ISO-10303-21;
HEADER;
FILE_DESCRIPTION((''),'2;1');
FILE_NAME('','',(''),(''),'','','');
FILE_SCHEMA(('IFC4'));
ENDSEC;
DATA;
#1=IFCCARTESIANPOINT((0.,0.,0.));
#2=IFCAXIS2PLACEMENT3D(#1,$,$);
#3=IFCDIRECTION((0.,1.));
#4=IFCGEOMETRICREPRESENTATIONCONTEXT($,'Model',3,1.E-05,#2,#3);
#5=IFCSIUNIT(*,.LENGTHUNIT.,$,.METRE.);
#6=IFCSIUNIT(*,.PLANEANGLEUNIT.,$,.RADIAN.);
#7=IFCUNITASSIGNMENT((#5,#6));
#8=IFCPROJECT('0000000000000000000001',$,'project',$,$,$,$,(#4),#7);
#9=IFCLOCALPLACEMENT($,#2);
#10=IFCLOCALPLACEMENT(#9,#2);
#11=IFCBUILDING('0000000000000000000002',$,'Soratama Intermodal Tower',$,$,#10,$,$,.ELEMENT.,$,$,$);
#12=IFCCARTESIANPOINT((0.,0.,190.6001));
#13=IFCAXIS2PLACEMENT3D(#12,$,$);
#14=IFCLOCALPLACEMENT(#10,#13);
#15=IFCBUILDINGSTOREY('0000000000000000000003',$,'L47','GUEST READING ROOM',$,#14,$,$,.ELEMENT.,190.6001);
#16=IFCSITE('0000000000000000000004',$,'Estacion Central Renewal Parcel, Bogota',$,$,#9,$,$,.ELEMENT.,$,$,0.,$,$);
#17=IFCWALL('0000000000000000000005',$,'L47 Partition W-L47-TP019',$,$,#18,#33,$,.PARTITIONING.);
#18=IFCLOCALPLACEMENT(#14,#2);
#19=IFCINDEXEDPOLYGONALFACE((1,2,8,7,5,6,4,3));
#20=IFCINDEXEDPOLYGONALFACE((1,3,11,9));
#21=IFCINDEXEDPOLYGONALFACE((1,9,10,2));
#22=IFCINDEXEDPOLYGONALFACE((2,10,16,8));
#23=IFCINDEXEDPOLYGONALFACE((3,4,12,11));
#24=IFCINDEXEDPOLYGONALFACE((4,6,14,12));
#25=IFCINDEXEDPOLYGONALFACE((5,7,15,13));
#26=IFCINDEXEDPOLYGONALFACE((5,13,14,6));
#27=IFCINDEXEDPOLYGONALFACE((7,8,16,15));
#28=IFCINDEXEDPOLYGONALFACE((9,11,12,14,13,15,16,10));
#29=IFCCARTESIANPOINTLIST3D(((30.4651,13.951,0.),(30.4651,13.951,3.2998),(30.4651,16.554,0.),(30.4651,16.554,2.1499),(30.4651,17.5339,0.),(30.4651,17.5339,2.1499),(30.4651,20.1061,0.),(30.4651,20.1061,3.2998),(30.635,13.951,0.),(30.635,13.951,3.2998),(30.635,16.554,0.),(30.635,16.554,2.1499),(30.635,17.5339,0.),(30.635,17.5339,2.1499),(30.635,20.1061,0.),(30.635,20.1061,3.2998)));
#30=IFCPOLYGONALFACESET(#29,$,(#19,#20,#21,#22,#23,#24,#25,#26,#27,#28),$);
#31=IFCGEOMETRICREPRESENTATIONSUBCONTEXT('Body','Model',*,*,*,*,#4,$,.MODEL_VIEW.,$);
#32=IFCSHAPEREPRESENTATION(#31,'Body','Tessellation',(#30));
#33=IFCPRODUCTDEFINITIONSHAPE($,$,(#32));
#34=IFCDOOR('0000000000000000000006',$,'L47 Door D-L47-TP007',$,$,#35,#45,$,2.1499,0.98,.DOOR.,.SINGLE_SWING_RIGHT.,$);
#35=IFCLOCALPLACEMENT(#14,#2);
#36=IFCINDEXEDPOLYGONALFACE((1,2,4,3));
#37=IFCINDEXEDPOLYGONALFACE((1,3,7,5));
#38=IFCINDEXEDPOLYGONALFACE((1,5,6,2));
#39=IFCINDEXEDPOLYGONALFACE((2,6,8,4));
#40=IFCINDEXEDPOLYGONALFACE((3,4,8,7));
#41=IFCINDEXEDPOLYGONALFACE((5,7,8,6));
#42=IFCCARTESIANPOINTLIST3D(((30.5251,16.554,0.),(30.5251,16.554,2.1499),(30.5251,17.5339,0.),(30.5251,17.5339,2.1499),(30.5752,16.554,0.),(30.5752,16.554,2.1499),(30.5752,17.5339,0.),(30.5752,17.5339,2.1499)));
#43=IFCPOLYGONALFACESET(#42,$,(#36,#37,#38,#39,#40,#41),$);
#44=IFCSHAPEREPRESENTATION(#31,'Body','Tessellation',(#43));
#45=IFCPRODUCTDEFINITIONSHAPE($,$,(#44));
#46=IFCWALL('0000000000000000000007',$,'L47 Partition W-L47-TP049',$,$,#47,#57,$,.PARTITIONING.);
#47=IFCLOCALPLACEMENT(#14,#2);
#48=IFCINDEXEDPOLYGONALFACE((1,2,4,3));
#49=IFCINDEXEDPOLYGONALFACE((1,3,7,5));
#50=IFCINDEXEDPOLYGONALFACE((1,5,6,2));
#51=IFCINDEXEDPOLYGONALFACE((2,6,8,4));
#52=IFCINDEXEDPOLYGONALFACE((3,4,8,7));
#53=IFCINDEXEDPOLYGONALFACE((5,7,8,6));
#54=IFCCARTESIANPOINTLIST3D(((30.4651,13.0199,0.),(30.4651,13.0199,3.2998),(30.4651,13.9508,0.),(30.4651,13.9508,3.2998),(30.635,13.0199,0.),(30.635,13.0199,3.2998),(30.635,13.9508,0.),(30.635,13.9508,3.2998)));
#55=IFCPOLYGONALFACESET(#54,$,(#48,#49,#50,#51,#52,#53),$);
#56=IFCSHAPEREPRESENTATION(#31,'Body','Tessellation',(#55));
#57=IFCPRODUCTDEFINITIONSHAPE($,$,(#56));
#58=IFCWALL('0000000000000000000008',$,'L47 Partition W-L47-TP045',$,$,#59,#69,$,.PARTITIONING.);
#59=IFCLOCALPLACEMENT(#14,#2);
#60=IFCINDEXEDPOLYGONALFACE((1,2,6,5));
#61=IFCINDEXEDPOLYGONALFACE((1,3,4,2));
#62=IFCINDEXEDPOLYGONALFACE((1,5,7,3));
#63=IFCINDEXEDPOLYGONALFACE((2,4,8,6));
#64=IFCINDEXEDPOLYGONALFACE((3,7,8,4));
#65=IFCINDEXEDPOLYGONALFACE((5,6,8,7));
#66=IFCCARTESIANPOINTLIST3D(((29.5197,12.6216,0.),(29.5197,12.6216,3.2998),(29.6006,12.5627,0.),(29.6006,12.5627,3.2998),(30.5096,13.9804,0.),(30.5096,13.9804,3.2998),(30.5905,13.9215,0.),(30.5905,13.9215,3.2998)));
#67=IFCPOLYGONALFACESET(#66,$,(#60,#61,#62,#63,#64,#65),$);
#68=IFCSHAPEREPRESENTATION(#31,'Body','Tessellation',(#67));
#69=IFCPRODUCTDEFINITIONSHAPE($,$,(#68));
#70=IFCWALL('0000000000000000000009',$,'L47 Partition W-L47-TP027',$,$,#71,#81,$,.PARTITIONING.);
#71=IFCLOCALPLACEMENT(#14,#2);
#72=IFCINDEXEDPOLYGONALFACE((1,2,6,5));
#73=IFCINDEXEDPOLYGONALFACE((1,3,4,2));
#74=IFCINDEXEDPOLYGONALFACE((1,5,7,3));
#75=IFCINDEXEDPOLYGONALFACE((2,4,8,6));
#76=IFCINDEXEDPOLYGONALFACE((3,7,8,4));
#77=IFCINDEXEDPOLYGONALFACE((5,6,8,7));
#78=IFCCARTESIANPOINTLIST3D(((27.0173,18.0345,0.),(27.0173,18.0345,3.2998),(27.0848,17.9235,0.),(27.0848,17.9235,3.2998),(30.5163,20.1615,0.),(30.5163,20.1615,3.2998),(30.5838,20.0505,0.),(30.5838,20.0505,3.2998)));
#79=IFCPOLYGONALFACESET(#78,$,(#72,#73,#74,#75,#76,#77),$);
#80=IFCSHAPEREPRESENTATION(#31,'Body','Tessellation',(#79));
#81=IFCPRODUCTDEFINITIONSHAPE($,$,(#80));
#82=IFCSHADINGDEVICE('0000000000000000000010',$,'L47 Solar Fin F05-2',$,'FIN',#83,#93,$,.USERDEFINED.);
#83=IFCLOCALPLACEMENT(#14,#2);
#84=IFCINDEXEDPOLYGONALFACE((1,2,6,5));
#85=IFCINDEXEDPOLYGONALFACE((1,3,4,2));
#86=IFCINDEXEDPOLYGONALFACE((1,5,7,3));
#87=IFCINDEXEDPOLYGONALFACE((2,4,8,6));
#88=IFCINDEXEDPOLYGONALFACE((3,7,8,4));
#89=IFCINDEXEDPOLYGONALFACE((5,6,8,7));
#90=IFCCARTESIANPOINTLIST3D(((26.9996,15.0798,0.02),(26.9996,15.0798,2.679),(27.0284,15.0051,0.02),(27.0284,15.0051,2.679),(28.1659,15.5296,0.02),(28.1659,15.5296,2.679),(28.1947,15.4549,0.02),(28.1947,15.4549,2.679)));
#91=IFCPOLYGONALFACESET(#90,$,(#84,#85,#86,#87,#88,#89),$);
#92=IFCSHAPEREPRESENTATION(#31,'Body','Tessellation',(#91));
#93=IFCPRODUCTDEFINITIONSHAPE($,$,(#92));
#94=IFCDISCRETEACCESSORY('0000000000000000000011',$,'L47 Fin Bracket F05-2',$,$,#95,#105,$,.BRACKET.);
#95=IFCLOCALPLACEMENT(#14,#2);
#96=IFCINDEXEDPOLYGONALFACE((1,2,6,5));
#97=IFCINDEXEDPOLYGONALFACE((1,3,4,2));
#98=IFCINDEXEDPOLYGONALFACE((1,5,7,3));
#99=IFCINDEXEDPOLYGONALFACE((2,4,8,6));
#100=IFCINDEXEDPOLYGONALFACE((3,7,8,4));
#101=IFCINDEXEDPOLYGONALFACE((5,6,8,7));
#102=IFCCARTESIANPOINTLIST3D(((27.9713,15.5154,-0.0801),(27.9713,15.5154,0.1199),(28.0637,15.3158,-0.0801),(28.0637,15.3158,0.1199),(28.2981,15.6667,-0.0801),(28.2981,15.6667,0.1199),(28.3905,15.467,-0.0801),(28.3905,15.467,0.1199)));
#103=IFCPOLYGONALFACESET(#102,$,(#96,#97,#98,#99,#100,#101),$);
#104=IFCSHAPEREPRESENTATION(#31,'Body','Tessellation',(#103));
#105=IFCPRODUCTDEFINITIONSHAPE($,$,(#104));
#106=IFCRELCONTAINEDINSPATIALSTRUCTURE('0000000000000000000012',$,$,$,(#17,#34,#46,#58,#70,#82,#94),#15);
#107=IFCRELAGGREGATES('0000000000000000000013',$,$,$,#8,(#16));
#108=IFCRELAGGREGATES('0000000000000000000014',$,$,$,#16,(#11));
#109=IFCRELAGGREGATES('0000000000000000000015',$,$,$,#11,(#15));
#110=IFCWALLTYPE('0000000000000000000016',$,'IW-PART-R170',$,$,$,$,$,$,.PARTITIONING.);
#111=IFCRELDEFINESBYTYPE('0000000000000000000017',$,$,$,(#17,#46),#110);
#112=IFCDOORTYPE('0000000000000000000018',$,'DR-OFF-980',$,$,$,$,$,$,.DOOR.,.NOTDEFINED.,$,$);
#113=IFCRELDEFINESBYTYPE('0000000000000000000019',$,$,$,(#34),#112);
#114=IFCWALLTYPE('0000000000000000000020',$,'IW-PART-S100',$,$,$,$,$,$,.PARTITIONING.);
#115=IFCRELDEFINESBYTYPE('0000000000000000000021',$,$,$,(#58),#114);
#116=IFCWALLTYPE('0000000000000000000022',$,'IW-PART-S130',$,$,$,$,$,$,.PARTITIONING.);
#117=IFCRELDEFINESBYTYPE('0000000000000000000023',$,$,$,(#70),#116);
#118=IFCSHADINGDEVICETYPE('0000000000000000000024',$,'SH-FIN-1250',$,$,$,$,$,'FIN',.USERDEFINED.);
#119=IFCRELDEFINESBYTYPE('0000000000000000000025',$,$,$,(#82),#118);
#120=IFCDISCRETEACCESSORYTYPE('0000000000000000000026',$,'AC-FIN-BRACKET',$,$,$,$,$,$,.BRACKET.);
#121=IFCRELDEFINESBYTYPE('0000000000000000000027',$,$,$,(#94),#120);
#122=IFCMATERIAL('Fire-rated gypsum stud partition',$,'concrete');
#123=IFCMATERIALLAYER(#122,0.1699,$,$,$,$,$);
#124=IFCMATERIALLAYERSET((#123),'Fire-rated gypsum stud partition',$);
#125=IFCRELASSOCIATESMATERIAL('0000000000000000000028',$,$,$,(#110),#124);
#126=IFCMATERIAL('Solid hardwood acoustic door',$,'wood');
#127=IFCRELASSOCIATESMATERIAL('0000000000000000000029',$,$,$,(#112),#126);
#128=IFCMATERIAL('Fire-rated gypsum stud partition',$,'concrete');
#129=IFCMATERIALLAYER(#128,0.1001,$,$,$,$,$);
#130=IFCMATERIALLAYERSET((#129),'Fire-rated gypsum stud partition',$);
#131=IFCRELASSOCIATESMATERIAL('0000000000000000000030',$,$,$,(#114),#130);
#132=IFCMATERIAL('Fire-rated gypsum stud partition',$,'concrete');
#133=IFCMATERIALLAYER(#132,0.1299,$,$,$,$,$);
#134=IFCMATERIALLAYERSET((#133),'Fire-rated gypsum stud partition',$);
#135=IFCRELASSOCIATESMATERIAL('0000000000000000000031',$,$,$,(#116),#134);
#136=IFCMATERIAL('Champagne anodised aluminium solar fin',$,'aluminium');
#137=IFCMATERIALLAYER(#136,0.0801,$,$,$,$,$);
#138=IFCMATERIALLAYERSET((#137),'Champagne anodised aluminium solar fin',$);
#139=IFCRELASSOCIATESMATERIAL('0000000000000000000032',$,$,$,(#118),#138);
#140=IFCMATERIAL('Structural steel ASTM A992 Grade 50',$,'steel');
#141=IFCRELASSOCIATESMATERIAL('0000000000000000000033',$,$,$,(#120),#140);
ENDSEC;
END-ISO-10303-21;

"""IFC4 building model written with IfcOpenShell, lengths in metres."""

from ifc_helpers import new_model, si_unit, direction, frame, frame_2d, origin, origin_2d, place, context, subcontext, project, spatial, rectangle, extrude, material, layer, layer_set, type_object, element, fill, save


model = new_model("IFC4")

# Units and contexts
model_context = context("Model", 3, precision=1e-05, world=origin(), true_north=direction((0.0, 1.0)))
body_context = subcontext(model_context, "Body", "Model", "MODEL_VIEW")
ifc_project = project(units=[si_unit("LENGTHUNIT", "METRE"), si_unit("PLANEANGLEUNIT", "RADIAN")], contexts=[model_context])

# Site, building, storey
site_placement = place(None, origin())
site = spatial("IfcSite", under=ifc_project, at=site_placement, Name="Estacion Central Renewal Parcel, Bogota", CompositionType="ELEMENT", RefElevation=0.0)
building_placement = place(site_placement, origin())
building = spatial("IfcBuilding", under=site, at=building_placement, Name="Soratama Intermodal Tower", CompositionType="ELEMENT")
storey_placement = place(building_placement, frame((0.0, 0.0, 190.6001)))
storey = spatial("IfcBuildingStorey", under=building, at=storey_placement, Name="L47", Description="GUEST READING ROOM", CompositionType="ELEMENT", Elevation=190.6001)

# Wall, opening, door
ifc_material_1 = material(Name="Fire-rated gypsum stud partition", Category="concrete")
ifc_layer_1 = layer(ifc_material_1, 0.1699)
ifc_layer_set_1 = layer_set([ifc_layer_1], Name="Fire-rated gypsum stud partition")
wall_type_1 = type_object("IfcWallType", Name="IW-PART-R170", PredefinedType="PARTITIONING", material=ifc_layer_set_1)
ifc_material_2 = material(Name="Solid hardwood acoustic door", Category="wood")
door_type = type_object("IfcDoorType", Name="DR-OFF-980", OperationType="NOTDEFINED", PredefinedType="DOOR", material=ifc_material_2)
wall_1_placement = place(storey_placement, frame((30.55, 13.9509, 0.0), z_axis=(0.0, 0.0, 1.0), x_axis=(0.0, 1.0, 0.0)))
wall_1 = element("IfcWall", 1, at=wall_1_placement, inside=storey, type_object=wall_type_1, Name="L47 Partition W-L47-TP019", PredefinedType="PARTITIONING", context=body_context, shape_type="SweptSolid", body=[
    extrude(rectangle(XDim=6.155, YDim=0.1699, at=frame_2d((3.0776, 0.0))), origin(), (0.0, 0.0, 1.0), 3.2998),
])
opening_1_placement = place(wall_1_placement, frame((2.603, 0.0, 0.0)))
opening_1 = element("IfcOpeningElement", 2, at=opening_1_placement, cuts=wall_1, PredefinedType="OPENING", context=body_context, shape_type="SweptSolid", body=[
    extrude(rectangle(XDim=0.98, YDim=2.1499, at=frame_2d((0.49, 1.075))), frame((0.0, 0.095, 0.0), z_axis=(0.0, -1.0, 0.0), x_axis=(1.0, 0.0, 0.0)), (0.0, 0.0, 1.0), 0.1899),
])
door_1_placement = place(opening_1_placement, origin())
door_1 = element("IfcDoor", 3, at=door_1_placement, inside=storey, type_object=door_type, Name="L47 Door D-L47-TP007", OperationType="SINGLE_SWING_RIGHT", OverallHeight=2.1499, OverallWidth=0.98, PredefinedType="DOOR", context=body_context, shape_type="SweptSolid", body=[
    extrude(rectangle(XDim=0.98, YDim=2.1499, at=frame_2d((0.49, 1.075))), frame((0.0, 0.0249, 0.0), z_axis=(0.0, -1.0, 0.0), x_axis=(1.0, 0.0, 0.0)), (0.0, 0.0, 1.0), 0.05),
])
fill(opening_1, door_1)

# Walls
wall_2_placement = place(storey_placement, frame((30.55, 13.02, 0.0), z_axis=(0.0, 0.0, 1.0), x_axis=(0.0, 1.0, 0.0)))
element("IfcWall", 4, at=wall_2_placement, inside=storey, type_object=wall_type_1, Name="L47 Partition W-L47-TP049", PredefinedType="PARTITIONING", context=body_context, shape_type="SweptSolid", body=[
    extrude(rectangle(XDim=0.9309, YDim=0.1699, at=frame_2d((0.4653, 0.0))), origin(), (0.0, 0.0, 1.0), 3.2998),
])
ifc_material_3 = material(Name="Fire-rated gypsum stud partition", Category="concrete")
ifc_layer_2 = layer(ifc_material_3, 0.1001)
ifc_layer_set_2 = layer_set([ifc_layer_2], Name="Fire-rated gypsum stud partition")
wall_type_2 = type_object("IfcWallType", Name="IW-PART-S100", PredefinedType="PARTITIONING", material=ifc_layer_set_2)
wall_3_placement = place(storey_placement, frame((30.55, 13.9509, 0.0), z_axis=(0.0, 0.0, 1.0), x_axis=(-0.588836, -0.808252, 0.0)))
element("IfcWall", 5, at=wall_3_placement, inside=storey, type_object=wall_type_2, Name="L47 Partition W-L47-TP045", PredefinedType="PARTITIONING", context=body_context, shape_type="SweptSolid", body=[
    extrude(rectangle(XDim=1.6812, YDim=0.1001, at=frame_2d((0.8406, 0.0))), origin(), (0.0, 0.0, 1.0), 3.2998),
])
ifc_material_4 = material(Name="Fire-rated gypsum stud partition", Category="concrete")
ifc_layer_3 = layer(ifc_material_4, 0.1299)
ifc_layer_set_3 = layer_set([ifc_layer_3], Name="Fire-rated gypsum stud partition")
wall_type_3 = type_object("IfcWallType", Name="IW-PART-S130", PredefinedType="PARTITIONING", material=ifc_layer_set_3)
wall_4_placement = place(storey_placement, frame((30.55, 20.106, 0.0), z_axis=(0.0, 0.0, 1.0), x_axis=(-0.854512, -0.519432, 0.0)))
element("IfcWall", 6, at=wall_4_placement, inside=storey, type_object=wall_type_3, Name="L47 Partition W-L47-TP027", PredefinedType="PARTITIONING", context=body_context, shape_type="SweptSolid", body=[
    extrude(rectangle(XDim=4.0947, YDim=0.1299, at=frame_2d((2.0474, 0.0))), origin(), (0.0, 0.0, 1.0), 3.2998),
])

# Shading device
ifc_material_5 = material(Name="Champagne anodised aluminium solar fin", Category="aluminium")
ifc_layer_4 = layer(ifc_material_5, 0.0801)
ifc_layer_set_4 = layer_set([ifc_layer_4], Name="Champagne anodised aluminium solar fin")
shading_device_type = type_object("IfcShadingDeviceType", Name="SH-FIN-1250", ElementType="FIN", PredefinedType="USERDEFINED", material=ifc_layer_set_4)
shading_device_placement = place(storey_placement, frame((27.5972, 15.2673, 0.02), z_axis=(0.0, 0.0, 1.0), x_axis=(-0.933016, -0.359834, 0.0)))
element("IfcShadingDevice", 7, at=shading_device_placement, inside=storey, type_object=shading_device_type, Name="L47 Solar Fin F05-2", ObjectType="FIN", PredefinedType="USERDEFINED", context=body_context, shape_type="SweptSolid", body=[
    extrude(rectangle(XDim=1.25, YDim=0.0801, at=origin_2d()), origin(), (0.0, 0.0, 1.0), 2.6589),
])

# Discrete accessory
ifc_material_6 = material(Name="Structural steel ASTM A992 Grade 50", Category="steel")
discrete_accessory_type = type_object("IfcDiscreteAccessoryType", Name="AC-FIN-BRACKET", PredefinedType="BRACKET", material=ifc_material_6)
discrete_accessory_placement = place(storey_placement, frame((28.1809, 15.4912, -0.0801), z_axis=(0.0, 0.0, 1.0), x_axis=(-0.907484, -0.420086, 0.0)))
element("IfcDiscreteAccessory", 8, at=discrete_accessory_placement, inside=storey, type_object=discrete_accessory_type, Name="L47 Fin Bracket F05-2", PredefinedType="BRACKET", context=body_context, shape_type="SweptSolid", body=[
    extrude(rectangle(XDim=0.3601, YDim=0.22, at=origin_2d()), origin(), (0.0, 0.0, 1.0), 0.2),
])

save(model, "model.ifc")
